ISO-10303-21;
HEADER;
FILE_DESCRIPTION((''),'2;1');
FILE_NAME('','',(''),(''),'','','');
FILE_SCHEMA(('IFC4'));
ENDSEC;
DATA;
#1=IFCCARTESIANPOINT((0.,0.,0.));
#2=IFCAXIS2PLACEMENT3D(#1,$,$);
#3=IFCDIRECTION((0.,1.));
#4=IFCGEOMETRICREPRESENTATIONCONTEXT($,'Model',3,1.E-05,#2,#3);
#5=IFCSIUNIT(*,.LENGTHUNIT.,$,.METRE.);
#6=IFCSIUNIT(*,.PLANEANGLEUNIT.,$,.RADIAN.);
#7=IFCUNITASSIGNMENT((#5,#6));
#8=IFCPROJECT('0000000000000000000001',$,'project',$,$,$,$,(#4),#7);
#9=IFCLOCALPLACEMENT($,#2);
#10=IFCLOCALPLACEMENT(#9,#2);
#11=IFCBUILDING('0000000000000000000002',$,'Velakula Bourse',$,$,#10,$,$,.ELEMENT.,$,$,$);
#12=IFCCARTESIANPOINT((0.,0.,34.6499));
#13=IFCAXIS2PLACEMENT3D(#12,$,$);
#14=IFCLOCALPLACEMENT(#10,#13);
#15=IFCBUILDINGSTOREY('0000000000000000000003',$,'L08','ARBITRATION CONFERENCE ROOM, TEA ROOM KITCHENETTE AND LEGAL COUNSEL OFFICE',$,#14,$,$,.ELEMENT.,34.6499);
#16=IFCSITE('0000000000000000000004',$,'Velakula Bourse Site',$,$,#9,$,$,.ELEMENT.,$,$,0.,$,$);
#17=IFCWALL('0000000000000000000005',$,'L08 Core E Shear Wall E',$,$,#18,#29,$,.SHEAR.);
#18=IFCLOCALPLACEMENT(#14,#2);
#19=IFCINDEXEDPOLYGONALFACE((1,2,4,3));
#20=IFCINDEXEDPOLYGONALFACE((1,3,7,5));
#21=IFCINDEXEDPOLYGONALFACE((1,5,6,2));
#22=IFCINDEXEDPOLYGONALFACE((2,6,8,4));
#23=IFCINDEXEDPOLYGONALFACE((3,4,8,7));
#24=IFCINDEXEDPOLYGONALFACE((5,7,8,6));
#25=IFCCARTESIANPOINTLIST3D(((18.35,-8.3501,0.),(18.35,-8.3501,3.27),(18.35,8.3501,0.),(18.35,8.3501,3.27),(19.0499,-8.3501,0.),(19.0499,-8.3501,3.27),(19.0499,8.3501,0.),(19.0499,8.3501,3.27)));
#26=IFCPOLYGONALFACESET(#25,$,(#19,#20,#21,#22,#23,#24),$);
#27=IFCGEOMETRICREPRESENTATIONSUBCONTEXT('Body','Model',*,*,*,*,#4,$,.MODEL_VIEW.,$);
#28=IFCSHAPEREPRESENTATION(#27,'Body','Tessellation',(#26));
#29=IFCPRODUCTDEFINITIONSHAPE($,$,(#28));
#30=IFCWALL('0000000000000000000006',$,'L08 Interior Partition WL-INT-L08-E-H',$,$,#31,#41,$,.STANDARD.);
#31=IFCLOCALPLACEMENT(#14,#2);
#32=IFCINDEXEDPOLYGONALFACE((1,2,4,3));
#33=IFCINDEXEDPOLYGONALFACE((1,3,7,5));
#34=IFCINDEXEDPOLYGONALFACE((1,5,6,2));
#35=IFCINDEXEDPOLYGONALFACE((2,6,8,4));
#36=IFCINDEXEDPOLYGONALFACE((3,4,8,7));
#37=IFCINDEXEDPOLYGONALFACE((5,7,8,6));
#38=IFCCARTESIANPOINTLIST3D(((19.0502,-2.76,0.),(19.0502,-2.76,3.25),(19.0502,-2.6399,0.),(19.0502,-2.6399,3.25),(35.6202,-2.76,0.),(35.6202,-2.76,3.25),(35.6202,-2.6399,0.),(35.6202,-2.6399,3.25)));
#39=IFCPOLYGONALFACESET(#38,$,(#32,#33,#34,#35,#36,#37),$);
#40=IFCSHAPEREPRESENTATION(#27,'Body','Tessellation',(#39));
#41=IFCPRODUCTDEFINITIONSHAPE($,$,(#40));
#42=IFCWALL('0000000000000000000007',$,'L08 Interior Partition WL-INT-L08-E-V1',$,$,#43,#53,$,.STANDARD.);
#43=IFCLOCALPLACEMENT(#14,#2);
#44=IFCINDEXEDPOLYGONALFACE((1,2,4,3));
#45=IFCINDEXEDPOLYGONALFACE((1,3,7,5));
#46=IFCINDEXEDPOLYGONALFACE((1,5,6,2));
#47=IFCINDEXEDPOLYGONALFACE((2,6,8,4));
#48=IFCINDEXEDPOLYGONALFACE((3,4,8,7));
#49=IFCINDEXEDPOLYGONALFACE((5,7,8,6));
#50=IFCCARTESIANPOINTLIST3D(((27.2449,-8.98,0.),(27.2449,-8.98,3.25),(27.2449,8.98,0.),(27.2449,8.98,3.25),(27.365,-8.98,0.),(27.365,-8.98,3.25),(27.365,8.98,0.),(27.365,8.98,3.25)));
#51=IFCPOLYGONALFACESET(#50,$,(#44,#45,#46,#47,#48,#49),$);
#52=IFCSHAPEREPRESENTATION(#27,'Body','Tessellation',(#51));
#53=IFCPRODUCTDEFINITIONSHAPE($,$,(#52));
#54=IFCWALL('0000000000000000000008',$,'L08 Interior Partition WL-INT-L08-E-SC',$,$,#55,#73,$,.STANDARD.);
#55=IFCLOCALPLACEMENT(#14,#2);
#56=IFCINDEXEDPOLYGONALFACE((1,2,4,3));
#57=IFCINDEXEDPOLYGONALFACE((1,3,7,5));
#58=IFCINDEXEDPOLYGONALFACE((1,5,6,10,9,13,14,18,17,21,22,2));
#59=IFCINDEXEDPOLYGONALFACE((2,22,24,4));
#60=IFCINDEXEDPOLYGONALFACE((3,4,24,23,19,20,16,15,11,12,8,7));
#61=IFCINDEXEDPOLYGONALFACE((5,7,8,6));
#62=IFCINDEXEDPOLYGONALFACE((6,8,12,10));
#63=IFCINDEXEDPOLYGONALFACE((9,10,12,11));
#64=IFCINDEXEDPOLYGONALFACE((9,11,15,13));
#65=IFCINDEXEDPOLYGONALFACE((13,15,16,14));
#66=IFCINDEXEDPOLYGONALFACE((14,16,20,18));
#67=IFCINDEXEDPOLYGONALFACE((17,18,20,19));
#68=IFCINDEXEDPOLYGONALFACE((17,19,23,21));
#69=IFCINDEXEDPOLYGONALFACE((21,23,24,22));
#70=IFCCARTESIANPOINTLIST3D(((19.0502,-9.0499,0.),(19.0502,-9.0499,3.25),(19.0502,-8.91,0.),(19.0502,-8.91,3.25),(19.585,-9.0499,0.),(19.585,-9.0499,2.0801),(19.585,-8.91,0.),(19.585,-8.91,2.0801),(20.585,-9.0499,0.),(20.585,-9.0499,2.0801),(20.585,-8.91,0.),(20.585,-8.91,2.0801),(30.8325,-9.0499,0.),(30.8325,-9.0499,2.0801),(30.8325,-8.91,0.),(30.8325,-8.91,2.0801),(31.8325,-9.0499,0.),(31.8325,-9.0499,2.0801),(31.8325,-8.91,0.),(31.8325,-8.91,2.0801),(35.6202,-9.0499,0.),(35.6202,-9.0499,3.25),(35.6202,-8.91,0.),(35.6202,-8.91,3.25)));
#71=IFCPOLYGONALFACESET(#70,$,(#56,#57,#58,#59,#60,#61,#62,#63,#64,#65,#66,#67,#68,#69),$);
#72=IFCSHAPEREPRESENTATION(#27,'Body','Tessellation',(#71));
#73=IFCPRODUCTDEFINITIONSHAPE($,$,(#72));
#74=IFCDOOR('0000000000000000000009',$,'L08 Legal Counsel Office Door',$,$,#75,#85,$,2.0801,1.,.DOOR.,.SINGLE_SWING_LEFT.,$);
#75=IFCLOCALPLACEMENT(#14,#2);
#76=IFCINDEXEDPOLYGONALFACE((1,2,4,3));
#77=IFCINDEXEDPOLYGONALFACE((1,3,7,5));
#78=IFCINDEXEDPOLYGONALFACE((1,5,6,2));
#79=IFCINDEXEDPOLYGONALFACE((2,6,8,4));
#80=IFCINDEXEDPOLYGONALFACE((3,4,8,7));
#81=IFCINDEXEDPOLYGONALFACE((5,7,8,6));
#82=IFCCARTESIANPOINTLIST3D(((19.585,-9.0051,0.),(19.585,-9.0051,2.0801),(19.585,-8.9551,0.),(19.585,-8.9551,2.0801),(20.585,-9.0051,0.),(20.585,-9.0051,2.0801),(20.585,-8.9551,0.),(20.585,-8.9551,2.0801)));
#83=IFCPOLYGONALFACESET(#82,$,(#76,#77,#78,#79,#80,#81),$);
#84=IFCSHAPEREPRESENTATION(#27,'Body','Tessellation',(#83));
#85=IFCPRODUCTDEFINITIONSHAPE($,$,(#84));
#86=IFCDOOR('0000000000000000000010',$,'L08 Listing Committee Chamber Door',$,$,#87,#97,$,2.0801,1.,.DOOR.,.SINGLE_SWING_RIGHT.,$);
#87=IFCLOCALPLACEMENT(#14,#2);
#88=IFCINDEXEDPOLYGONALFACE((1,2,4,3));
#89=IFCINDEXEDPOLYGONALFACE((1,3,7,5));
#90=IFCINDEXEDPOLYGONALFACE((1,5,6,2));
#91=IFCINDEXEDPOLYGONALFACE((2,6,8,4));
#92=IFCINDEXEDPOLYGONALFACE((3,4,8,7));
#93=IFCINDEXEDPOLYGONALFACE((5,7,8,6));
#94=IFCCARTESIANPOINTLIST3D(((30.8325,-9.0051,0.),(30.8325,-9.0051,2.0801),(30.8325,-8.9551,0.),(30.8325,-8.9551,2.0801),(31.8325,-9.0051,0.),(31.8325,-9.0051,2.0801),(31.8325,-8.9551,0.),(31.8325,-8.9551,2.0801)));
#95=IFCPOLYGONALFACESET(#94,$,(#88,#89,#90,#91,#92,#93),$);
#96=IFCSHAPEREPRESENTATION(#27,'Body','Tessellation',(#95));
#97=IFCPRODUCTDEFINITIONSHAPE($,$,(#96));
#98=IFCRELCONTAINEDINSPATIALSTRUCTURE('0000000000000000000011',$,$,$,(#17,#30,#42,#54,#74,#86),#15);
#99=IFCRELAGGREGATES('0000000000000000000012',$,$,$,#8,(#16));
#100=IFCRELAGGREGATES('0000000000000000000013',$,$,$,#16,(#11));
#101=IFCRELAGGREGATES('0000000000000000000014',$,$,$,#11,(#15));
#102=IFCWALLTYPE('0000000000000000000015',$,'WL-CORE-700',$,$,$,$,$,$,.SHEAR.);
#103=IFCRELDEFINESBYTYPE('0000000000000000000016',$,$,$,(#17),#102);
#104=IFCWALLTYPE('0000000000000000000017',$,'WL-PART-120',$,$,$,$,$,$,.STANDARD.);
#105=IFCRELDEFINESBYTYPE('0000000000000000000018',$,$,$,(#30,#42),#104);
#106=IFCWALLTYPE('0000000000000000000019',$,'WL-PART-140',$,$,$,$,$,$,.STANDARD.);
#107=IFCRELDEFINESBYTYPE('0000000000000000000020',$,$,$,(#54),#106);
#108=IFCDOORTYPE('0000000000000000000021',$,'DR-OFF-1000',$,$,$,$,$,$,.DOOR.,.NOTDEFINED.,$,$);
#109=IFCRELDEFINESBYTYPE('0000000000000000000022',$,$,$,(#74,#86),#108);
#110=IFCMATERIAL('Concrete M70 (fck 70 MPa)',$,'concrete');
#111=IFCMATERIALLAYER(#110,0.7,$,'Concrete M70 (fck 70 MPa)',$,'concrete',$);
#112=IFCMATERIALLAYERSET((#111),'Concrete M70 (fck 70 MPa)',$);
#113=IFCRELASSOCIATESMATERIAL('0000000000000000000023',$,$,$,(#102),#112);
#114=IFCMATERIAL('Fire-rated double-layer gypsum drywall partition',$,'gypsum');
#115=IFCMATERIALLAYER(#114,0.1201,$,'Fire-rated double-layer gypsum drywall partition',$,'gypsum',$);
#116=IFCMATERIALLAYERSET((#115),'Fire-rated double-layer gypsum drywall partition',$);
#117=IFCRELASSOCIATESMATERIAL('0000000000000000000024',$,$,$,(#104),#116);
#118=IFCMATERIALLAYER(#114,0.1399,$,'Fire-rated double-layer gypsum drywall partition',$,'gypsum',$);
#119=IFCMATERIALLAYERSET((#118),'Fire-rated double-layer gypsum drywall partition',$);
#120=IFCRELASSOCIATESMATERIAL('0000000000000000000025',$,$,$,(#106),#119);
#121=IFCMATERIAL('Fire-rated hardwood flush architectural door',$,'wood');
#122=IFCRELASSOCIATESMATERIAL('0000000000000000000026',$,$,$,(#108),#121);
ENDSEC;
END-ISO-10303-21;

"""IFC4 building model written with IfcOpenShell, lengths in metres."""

from ifc_helpers import new_model, si_unit, direction, frame, frame_2d, origin, place, context, subcontext, project, spatial, rectangle, extrude, material, layer, layer_set, type_object, element, fill, save


model = new_model("IFC4")

# Units and contexts
model_context = context("Model", 3, precision=1e-05, world=origin(), true_north=direction((0.0, 1.0)))
body_context = subcontext(model_context, "Body", "Model", "MODEL_VIEW")
ifc_project = project(units=[si_unit("LENGTHUNIT", "METRE"), si_unit("PLANEANGLEUNIT", "RADIAN")], contexts=[model_context])

# Site, building, storey
site_placement = place(None, origin())
site = spatial("IfcSite", under=ifc_project, at=site_placement, Name="Velakula Bourse Site", CompositionType="ELEMENT", RefElevation=0.0)
building_placement = place(site_placement, origin())
building = spatial("IfcBuilding", under=site, at=building_placement, Name="Velakula Bourse", CompositionType="ELEMENT")
storey_placement = place(building_placement, frame((0.0, 0.0, 34.6499)))
storey = spatial("IfcBuildingStorey", under=building, at=storey_placement, Name="L08", Description="ARBITRATION CONFERENCE ROOM, TEA ROOM KITCHENETTE AND LEGAL COUNSEL OFFICE", CompositionType="ELEMENT", Elevation=34.6499)

# Shared definitions
ifc_material_1 = material(Name="Concrete M70 (fck 70 MPa)", Category="concrete")

# Walls
ifc_layer_1 = layer(ifc_material_1, 0.7, Name="Concrete M70 (fck 70 MPa)", Category="concrete")
ifc_layer_set_1 = layer_set([ifc_layer_1], Name="Concrete M70 (fck 70 MPa)")
wall_type_1 = type_object("IfcWallType", Name="WL-CORE-700", PredefinedType="SHEAR", material=ifc_layer_set_1)
wall_1_placement = place(storey_placement, frame((18.7, -8.3501, 0.0), z_axis=(0.0, 0.0, 1.0), x_axis=(0.0, 1.0, 0.0)))
element("IfcWall", 1, at=wall_1_placement, inside=storey, type_object=wall_type_1, Name="L08 Core E Shear Wall E", PredefinedType="SHEAR", context=body_context, shape_type="SweptSolid", body=[
    extrude(rectangle(XDim=16.7002, YDim=0.7, at=frame_2d((8.3501, 0.0))), origin(), (0.0, 0.0, 1.0), 3.27),
])
ifc_material_2 = material(Name="Fire-rated double-layer gypsum drywall partition", Category="gypsum")
ifc_layer_2 = layer(ifc_material_2, 0.1201, Name="Fire-rated double-layer gypsum drywall partition", Category="gypsum")
ifc_layer_set_2 = layer_set([ifc_layer_2], Name="Fire-rated double-layer gypsum drywall partition")
wall_type_2 = type_object("IfcWallType", Name="WL-PART-120", PredefinedType="STANDARD", material=ifc_layer_set_2)
wall_2_placement = place(storey_placement, frame((19.05, -2.7, 0.0), z_axis=(0.0, 0.0, 1.0), x_axis=(1.0, 0.0, 0.0)))
element("IfcWall", 2, at=wall_2_placement, inside=storey, type_object=wall_type_2, Name="L08 Interior Partition WL-INT-L08-E-H", PredefinedType="STANDARD", context=body_context, shape_type="SweptSolid", body=[
    extrude(rectangle(XDim=16.5701, YDim=0.1201, at=frame_2d((8.2852, 0.0))), origin(), (0.0, 0.0, 1.0), 3.25),
])
wall_3_placement = place(storey_placement, frame((27.3049, -8.98, 0.0), z_axis=(0.0, 0.0, 1.0), x_axis=(0.0, 1.0, 0.0)))
element("IfcWall", 3, at=wall_3_placement, inside=storey, type_object=wall_type_2, Name="L08 Interior Partition WL-INT-L08-E-V1", PredefinedType="STANDARD", context=body_context, shape_type="SweptSolid", body=[
    extrude(rectangle(XDim=17.96, YDim=0.1201, at=frame_2d((8.98, 0.0))), origin(), (0.0, 0.0, 1.0), 3.25),
])

# Wall, openings, doors
ifc_layer_3 = layer(ifc_material_2, 0.1399, Name="Fire-rated double-layer gypsum drywall partition", Category="gypsum")
ifc_layer_set_3 = layer_set([ifc_layer_3], Name="Fire-rated double-layer gypsum drywall partition")
wall_type_3 = type_object("IfcWallType", Name="WL-PART-140", PredefinedType="STANDARD", material=ifc_layer_set_3)
wall_4_placement = place(storey_placement, frame((19.05, -8.98, 0.0), z_axis=(0.0, 0.0, 1.0), x_axis=(1.0, 0.0, 0.0)))
wall_4 = element("IfcWall", 4, at=wall_4_placement, inside=storey, type_object=wall_type_3, Name="L08 Interior Partition WL-INT-L08-E-SC", PredefinedType="STANDARD", context=body_context, shape_type="SweptSolid", body=[
    extrude(rectangle(XDim=16.5701, YDim=0.1399, at=frame_2d((8.2852, 0.0))), origin(), (0.0, 0.0, 1.0), 3.25),
])
opening_1_placement = place(wall_4_placement, frame((0.5349, 0.0, 0.0)))
opening_1 = element("IfcOpeningElement", 5, at=opening_1_placement, cuts=wall_4, PredefinedType="OPENING", context=body_context, shape_type="SweptSolid", body=[
    extrude(rectangle(XDim=1.0, YDim=2.0801, at=frame_2d((0.5, 1.04))), frame((0.0, 0.0798, 0.0), z_axis=(0.0, -1.0, 0.0), x_axis=(1.0, 0.0, 0.0)), (0.0, 0.0, 1.0), 0.1599),
])
opening_2_placement = place(wall_4_placement, frame((11.7825, 0.0, 0.0)))
opening_2 = element("IfcOpeningElement", 6, at=opening_2_placement, cuts=wall_4, PredefinedType="OPENING", context=body_context, shape_type="SweptSolid", body=[
    extrude(rectangle(XDim=1.0, YDim=2.0801, at=frame_2d((0.5, 1.04))), frame((0.0, 0.0798, 0.0), z_axis=(0.0, -1.0, 0.0), x_axis=(1.0, 0.0, 0.0)), (0.0, 0.0, 1.0), 0.1599),
])
ifc_material_3 = material(Name="Fire-rated hardwood flush architectural door", Category="wood")
door_type = type_object("IfcDoorType", Name="DR-OFF-1000", OperationType="NOTDEFINED", PredefinedType="DOOR", material=ifc_material_3)
door_1_placement = place(opening_1_placement, origin())
door_1 = element("IfcDoor", 7, at=door_1_placement, inside=storey, type_object=door_type, Name="L08 Legal Counsel Office Door", OperationType="SINGLE_SWING_LEFT", OverallHeight=2.0801, OverallWidth=1.0, PredefinedType="DOOR", context=body_context, shape_type="SweptSolid", body=[
    extrude(rectangle(XDim=1.0, YDim=2.0801, at=frame_2d((0.5, 1.04))), frame((0.0, 0.0249, 0.0), z_axis=(0.0, -1.0, 0.0), x_axis=(1.0, 0.0, 0.0)), (0.0, 0.0, 1.0), 0.05),
])
fill(opening_1, door_1)
door_2_placement = place(opening_2_placement, origin())
door_2 = element("IfcDoor", 8, at=door_2_placement, inside=storey, type_object=door_type, Name="L08 Listing Committee Chamber Door", OperationType="SINGLE_SWING_RIGHT", OverallHeight=2.0801, OverallWidth=1.0, PredefinedType="DOOR", context=body_context, shape_type="SweptSolid", body=[
    extrude(rectangle(XDim=1.0, YDim=2.0801, at=frame_2d((0.5, 1.04))), frame((0.0, 0.0249, 0.0), z_axis=(0.0, -1.0, 0.0), x_axis=(1.0, 0.0, 0.0)), (0.0, 0.0, 1.0), 0.05),
])
fill(opening_2, door_2)

save(model, "model.ifc")
